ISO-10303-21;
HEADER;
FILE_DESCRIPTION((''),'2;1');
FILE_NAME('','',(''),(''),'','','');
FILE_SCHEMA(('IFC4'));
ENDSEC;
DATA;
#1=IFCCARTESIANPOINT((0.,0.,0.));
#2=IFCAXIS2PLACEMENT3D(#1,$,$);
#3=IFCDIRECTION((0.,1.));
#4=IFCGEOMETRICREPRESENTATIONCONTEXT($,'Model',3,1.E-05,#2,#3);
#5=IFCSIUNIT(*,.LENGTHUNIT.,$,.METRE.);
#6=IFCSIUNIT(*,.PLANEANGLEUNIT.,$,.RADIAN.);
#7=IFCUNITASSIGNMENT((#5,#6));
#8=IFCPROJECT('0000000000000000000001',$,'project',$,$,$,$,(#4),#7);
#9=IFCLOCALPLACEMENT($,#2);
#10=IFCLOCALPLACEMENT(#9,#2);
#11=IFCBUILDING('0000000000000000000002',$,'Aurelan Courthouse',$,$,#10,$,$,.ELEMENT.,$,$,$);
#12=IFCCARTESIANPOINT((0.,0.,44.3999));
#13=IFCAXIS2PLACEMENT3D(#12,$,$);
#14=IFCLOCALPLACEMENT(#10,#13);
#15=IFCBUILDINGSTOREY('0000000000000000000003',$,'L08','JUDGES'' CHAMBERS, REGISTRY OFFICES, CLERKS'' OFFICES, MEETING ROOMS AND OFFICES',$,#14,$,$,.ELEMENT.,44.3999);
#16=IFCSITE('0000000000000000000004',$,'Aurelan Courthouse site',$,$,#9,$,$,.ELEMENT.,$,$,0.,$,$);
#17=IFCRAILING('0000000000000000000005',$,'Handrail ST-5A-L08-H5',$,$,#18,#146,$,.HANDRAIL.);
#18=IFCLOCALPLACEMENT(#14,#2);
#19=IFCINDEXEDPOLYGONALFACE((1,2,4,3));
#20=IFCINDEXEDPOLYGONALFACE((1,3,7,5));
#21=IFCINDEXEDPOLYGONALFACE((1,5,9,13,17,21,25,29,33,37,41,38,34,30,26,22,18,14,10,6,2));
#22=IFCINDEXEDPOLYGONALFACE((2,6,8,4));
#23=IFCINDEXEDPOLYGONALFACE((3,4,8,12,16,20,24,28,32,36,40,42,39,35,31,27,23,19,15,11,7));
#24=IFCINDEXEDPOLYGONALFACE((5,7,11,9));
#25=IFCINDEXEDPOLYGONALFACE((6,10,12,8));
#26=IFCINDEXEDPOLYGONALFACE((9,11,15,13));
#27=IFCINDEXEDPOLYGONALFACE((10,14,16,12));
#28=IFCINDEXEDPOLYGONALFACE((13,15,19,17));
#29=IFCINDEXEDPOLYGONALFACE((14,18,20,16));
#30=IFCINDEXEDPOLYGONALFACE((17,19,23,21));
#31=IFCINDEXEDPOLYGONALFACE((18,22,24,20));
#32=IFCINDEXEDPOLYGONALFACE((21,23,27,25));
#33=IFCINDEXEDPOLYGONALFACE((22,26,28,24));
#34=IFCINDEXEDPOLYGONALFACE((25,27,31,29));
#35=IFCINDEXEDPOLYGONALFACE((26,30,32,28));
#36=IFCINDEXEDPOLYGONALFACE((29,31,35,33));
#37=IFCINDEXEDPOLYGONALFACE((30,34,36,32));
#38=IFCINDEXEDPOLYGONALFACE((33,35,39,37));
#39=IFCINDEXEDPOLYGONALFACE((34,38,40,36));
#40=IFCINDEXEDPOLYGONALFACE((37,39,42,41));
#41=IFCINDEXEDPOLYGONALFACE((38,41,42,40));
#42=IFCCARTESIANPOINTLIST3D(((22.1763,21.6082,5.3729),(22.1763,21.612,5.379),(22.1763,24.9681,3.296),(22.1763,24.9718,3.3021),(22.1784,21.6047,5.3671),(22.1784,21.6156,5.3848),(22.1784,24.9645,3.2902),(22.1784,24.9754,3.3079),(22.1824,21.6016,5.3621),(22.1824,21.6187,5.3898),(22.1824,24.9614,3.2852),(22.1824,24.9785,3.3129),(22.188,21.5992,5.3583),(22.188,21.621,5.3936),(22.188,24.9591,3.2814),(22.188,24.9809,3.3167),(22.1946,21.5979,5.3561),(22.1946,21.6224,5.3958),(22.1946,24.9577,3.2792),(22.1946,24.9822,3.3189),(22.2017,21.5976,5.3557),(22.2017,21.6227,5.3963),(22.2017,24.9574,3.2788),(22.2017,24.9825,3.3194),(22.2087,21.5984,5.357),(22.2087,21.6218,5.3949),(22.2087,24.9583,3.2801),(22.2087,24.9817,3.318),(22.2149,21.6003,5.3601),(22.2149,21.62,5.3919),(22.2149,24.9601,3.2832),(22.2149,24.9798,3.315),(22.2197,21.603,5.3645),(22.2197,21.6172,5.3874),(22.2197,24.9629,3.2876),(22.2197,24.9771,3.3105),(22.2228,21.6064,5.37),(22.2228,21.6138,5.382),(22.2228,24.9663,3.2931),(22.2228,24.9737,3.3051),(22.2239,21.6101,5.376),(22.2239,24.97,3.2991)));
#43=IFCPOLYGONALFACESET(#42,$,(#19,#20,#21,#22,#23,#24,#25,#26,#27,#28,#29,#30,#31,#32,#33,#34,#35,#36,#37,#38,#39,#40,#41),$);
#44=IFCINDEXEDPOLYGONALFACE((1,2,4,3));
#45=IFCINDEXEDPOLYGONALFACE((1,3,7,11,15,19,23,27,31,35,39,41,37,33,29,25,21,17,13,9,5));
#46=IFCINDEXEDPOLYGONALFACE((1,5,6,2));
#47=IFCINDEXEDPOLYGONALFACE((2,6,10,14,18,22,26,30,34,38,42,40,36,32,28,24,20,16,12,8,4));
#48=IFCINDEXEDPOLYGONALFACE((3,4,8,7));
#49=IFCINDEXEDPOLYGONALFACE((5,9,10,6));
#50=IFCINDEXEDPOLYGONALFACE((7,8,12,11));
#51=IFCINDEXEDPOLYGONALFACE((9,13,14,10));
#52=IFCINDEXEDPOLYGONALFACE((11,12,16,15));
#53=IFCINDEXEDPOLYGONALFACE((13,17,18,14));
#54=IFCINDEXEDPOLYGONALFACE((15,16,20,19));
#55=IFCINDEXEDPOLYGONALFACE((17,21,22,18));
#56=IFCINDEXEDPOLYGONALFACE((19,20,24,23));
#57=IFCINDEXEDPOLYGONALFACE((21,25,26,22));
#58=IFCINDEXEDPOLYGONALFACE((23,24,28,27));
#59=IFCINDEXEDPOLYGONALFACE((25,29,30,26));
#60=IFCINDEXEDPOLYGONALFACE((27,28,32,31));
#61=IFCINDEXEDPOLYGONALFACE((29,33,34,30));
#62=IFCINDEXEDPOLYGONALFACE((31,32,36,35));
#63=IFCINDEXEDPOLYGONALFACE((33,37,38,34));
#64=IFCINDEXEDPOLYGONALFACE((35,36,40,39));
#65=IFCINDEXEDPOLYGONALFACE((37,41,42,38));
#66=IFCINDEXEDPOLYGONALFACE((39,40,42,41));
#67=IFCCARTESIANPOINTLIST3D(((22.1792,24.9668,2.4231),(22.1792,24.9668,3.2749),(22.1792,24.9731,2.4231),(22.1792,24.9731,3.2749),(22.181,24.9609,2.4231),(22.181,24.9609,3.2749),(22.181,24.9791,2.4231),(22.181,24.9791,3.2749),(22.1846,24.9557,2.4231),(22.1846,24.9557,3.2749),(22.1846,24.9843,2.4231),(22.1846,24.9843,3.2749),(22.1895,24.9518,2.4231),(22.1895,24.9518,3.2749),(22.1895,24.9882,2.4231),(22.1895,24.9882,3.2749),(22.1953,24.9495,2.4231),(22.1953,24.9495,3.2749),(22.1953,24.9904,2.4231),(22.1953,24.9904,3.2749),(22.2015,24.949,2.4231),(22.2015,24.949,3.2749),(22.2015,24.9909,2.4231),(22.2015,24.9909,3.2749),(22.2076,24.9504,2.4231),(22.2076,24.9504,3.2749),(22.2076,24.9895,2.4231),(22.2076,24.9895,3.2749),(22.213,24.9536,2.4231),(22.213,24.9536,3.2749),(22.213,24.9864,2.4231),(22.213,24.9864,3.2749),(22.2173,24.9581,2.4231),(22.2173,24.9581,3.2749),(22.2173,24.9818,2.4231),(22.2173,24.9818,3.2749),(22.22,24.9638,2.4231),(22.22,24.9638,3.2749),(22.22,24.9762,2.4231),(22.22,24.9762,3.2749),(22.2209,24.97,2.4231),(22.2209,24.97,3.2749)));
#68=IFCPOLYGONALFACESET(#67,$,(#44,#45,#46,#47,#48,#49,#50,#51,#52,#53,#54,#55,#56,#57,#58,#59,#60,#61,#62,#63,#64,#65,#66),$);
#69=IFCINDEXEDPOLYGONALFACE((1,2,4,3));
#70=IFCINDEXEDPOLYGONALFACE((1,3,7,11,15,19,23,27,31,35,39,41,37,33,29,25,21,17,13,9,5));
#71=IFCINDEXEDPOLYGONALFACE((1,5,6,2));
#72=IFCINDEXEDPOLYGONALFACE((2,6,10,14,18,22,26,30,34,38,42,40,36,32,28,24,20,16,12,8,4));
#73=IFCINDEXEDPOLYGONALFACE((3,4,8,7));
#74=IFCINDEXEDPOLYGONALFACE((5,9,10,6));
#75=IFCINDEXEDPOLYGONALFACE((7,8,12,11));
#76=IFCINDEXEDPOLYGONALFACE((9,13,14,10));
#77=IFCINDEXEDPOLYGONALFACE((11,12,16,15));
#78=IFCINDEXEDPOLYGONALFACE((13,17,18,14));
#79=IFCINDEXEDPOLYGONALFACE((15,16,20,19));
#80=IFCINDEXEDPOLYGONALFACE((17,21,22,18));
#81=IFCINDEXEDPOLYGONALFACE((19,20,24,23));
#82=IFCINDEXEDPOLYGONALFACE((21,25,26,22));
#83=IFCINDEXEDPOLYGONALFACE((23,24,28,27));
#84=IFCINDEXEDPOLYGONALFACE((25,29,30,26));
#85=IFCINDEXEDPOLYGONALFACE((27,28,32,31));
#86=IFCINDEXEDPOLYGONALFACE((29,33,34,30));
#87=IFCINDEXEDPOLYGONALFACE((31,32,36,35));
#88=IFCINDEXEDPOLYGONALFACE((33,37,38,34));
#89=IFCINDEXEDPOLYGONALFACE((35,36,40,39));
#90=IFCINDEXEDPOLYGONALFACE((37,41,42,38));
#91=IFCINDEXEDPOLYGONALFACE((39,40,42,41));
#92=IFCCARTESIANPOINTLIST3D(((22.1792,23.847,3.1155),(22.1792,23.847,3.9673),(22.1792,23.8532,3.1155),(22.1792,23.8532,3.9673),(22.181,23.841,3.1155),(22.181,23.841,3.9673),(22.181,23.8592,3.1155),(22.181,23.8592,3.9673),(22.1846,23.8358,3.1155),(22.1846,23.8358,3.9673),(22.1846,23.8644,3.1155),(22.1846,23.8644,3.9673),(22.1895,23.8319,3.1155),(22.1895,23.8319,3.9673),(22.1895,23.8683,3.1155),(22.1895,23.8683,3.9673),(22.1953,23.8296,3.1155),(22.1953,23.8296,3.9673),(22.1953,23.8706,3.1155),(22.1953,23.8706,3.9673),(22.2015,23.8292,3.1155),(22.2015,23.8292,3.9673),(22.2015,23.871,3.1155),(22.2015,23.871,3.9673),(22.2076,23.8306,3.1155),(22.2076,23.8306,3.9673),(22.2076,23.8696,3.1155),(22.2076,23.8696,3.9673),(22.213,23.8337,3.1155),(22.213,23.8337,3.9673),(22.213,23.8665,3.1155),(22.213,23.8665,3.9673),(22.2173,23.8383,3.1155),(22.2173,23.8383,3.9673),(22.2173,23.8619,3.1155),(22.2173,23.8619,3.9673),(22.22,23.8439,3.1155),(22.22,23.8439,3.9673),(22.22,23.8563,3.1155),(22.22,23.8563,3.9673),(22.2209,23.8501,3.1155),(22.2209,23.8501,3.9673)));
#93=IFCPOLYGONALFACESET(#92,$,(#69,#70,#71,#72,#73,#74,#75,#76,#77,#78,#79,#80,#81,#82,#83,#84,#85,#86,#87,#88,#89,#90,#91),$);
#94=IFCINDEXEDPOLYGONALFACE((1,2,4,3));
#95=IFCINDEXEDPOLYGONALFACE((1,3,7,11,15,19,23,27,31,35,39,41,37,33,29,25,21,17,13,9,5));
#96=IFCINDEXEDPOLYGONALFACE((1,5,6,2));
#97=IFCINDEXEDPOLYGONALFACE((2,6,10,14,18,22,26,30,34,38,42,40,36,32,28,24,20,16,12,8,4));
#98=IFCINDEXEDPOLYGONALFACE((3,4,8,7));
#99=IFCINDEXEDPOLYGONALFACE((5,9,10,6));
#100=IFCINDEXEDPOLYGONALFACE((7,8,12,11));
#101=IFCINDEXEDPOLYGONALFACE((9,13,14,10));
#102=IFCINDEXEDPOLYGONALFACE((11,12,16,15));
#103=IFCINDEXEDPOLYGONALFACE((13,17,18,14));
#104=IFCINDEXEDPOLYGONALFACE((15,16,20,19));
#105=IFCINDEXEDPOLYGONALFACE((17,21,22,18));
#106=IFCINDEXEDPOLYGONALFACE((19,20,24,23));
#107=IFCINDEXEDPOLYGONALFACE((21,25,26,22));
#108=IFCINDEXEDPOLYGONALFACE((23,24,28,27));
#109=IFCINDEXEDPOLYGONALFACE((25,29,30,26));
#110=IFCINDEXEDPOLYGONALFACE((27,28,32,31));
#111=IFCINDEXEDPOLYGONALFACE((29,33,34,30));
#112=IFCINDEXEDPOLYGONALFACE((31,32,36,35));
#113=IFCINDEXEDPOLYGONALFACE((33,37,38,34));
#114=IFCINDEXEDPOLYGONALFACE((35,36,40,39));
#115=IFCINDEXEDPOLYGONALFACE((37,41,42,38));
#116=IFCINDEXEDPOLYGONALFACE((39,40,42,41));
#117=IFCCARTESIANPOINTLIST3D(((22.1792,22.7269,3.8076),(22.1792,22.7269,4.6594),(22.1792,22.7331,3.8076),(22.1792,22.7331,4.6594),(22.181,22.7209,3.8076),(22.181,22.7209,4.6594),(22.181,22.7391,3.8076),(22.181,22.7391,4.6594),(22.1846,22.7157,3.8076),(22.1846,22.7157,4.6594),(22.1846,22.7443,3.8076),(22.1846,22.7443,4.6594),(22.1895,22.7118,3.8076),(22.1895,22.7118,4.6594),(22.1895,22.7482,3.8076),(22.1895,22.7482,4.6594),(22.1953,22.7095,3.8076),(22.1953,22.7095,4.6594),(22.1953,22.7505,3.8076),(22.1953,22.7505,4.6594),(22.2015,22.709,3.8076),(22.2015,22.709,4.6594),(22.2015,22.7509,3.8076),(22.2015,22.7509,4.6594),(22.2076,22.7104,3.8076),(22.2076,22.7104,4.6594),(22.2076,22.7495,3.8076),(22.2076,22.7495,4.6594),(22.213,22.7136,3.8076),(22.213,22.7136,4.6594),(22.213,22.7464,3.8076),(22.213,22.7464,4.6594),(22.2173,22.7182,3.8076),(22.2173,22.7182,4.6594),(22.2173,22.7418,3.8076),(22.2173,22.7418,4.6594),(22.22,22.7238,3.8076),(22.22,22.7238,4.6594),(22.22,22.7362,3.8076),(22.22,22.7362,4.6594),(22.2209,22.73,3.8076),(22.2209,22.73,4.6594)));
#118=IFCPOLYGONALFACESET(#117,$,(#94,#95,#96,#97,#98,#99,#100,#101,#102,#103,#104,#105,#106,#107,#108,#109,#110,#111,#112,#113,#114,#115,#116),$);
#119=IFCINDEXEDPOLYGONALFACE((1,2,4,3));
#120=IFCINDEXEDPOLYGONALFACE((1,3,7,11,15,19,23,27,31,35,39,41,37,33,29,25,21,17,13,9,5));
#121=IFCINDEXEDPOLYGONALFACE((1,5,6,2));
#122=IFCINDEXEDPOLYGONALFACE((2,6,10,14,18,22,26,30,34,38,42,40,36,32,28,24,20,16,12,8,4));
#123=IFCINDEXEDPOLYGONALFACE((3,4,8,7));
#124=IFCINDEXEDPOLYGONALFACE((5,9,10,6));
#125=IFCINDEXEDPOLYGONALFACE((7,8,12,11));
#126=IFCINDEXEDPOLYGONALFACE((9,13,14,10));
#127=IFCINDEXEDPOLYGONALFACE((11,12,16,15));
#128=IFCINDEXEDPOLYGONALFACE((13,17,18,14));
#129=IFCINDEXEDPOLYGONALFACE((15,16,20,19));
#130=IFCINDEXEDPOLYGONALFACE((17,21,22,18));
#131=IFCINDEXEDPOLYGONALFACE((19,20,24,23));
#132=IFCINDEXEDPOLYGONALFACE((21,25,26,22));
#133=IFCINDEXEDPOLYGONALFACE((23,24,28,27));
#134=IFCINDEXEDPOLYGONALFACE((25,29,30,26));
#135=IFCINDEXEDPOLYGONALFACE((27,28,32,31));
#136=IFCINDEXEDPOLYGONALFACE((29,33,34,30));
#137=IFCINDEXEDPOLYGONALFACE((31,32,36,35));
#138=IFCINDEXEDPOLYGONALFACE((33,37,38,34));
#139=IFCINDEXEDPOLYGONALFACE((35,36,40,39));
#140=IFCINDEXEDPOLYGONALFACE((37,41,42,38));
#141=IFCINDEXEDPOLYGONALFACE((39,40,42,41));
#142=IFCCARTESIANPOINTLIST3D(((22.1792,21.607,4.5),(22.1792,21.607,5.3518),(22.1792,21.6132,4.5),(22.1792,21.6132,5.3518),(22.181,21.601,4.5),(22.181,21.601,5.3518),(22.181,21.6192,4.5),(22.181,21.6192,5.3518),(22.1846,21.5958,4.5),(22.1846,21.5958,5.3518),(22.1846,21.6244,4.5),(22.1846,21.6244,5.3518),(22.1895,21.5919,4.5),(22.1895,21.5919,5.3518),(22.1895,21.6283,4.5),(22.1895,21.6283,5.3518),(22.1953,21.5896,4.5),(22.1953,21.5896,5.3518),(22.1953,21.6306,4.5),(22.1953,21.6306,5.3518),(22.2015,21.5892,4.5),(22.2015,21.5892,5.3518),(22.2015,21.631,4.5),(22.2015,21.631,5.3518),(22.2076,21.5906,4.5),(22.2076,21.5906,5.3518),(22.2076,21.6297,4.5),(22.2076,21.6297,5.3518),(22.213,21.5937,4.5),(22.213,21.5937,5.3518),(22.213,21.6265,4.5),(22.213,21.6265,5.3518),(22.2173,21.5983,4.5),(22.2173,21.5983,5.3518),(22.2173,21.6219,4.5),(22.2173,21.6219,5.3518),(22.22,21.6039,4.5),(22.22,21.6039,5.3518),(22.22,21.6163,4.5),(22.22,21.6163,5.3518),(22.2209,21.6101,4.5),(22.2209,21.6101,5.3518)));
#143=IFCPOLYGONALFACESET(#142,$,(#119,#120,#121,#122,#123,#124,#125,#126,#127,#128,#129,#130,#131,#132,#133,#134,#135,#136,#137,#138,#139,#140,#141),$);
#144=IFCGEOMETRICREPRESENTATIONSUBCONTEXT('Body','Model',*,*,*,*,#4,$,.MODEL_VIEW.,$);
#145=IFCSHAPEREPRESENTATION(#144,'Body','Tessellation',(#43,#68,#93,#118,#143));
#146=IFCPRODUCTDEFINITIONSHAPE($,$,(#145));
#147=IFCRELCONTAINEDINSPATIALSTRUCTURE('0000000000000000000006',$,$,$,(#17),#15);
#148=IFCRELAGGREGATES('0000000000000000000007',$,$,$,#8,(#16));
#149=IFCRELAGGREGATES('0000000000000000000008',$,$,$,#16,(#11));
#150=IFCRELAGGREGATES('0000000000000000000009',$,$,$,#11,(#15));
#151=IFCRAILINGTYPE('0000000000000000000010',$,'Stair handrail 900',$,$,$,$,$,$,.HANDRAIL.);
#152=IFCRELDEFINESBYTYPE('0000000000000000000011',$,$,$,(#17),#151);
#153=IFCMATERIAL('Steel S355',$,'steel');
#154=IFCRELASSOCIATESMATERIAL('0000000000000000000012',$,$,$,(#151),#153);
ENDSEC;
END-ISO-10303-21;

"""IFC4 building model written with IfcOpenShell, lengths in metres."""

from ifc_helpers import new_model, si_unit, direction, frame, origin, origin_2d, place, context, subcontext, project, spatial, circle, extrude, material, type_object, element, save


model = new_model("IFC4")

# Units and contexts
model_context = context("Model", 3, precision=1e-05, world=origin(), true_north=direction((0.0, 1.0)))
body_context = subcontext(model_context, "Body", "Model", "MODEL_VIEW")
ifc_project = project(units=[si_unit("LENGTHUNIT", "METRE"), si_unit("PLANEANGLEUNIT", "RADIAN")], contexts=[model_context])

# Site, building, storey
site_placement = place(None, origin())
site = spatial("IfcSite", under=ifc_project, at=site_placement, Name="Aurelan Courthouse site", CompositionType="ELEMENT", RefElevation=0.0)
building_placement = place(site_placement, origin())
building = spatial("IfcBuilding", under=site, at=building_placement, Name="Aurelan Courthouse", CompositionType="ELEMENT")
storey_placement = place(building_placement, frame((0.0, 0.0, 44.3999)))
storey = spatial("IfcBuildingStorey", under=building, at=storey_placement, Name="L08", Description="JUDGES' CHAMBERS, REGISTRY OFFICES, CLERKS' OFFICES, MEETING ROOMS AND OFFICES", CompositionType="ELEMENT", Elevation=44.3999)

# Railing
ifc_material_1 = material(Name="Steel S355", Category="steel")
railing_type_1 = type_object("IfcRailingType", Name="Stair handrail 900", PredefinedType="HANDRAIL", material=ifc_material_1)
for number, where, name in (
    (1, (22.2, 24.97, 2.4231), "Handrail ST-5A-L08-H5"),
):
    element("IfcRailing", number, at=place(storey_placement, frame(where)), inside=storey, type_object=railing_type_1, Name=name, PredefinedType="HANDRAIL", context=body_context, shape_type="SweptSolid", body=[
        extrude(circle(Radius=0.0239, at=origin_2d()), frame((0.0, 0.0, 0.876), z_axis=(0.0, -0.850606, 0.525803), x_axis=(1.0, 0.0, 0.0)), (0.0, 0.0, 1.0), 3.95),
        extrude(circle(Radius=0.021, at=origin_2d()), origin(), (0.0, 0.0, 1.0), 0.8518),
        extrude(circle(Radius=0.021, at=origin_2d()), frame((0.0, -1.1199, 0.6924)), (0.0, 0.0, 1.0), 0.8518),
        extrude(circle(Radius=0.021, at=origin_2d()), frame((0.0, -2.24, 1.3845)), (0.0, 0.0, 1.0), 0.8518),
        extrude(circle(Radius=0.021, at=origin_2d()), frame((0.0, -3.3599, 2.0769)), (0.0, 0.0, 1.0), 0.8518),
    ])

save(model, "model.ifc")
